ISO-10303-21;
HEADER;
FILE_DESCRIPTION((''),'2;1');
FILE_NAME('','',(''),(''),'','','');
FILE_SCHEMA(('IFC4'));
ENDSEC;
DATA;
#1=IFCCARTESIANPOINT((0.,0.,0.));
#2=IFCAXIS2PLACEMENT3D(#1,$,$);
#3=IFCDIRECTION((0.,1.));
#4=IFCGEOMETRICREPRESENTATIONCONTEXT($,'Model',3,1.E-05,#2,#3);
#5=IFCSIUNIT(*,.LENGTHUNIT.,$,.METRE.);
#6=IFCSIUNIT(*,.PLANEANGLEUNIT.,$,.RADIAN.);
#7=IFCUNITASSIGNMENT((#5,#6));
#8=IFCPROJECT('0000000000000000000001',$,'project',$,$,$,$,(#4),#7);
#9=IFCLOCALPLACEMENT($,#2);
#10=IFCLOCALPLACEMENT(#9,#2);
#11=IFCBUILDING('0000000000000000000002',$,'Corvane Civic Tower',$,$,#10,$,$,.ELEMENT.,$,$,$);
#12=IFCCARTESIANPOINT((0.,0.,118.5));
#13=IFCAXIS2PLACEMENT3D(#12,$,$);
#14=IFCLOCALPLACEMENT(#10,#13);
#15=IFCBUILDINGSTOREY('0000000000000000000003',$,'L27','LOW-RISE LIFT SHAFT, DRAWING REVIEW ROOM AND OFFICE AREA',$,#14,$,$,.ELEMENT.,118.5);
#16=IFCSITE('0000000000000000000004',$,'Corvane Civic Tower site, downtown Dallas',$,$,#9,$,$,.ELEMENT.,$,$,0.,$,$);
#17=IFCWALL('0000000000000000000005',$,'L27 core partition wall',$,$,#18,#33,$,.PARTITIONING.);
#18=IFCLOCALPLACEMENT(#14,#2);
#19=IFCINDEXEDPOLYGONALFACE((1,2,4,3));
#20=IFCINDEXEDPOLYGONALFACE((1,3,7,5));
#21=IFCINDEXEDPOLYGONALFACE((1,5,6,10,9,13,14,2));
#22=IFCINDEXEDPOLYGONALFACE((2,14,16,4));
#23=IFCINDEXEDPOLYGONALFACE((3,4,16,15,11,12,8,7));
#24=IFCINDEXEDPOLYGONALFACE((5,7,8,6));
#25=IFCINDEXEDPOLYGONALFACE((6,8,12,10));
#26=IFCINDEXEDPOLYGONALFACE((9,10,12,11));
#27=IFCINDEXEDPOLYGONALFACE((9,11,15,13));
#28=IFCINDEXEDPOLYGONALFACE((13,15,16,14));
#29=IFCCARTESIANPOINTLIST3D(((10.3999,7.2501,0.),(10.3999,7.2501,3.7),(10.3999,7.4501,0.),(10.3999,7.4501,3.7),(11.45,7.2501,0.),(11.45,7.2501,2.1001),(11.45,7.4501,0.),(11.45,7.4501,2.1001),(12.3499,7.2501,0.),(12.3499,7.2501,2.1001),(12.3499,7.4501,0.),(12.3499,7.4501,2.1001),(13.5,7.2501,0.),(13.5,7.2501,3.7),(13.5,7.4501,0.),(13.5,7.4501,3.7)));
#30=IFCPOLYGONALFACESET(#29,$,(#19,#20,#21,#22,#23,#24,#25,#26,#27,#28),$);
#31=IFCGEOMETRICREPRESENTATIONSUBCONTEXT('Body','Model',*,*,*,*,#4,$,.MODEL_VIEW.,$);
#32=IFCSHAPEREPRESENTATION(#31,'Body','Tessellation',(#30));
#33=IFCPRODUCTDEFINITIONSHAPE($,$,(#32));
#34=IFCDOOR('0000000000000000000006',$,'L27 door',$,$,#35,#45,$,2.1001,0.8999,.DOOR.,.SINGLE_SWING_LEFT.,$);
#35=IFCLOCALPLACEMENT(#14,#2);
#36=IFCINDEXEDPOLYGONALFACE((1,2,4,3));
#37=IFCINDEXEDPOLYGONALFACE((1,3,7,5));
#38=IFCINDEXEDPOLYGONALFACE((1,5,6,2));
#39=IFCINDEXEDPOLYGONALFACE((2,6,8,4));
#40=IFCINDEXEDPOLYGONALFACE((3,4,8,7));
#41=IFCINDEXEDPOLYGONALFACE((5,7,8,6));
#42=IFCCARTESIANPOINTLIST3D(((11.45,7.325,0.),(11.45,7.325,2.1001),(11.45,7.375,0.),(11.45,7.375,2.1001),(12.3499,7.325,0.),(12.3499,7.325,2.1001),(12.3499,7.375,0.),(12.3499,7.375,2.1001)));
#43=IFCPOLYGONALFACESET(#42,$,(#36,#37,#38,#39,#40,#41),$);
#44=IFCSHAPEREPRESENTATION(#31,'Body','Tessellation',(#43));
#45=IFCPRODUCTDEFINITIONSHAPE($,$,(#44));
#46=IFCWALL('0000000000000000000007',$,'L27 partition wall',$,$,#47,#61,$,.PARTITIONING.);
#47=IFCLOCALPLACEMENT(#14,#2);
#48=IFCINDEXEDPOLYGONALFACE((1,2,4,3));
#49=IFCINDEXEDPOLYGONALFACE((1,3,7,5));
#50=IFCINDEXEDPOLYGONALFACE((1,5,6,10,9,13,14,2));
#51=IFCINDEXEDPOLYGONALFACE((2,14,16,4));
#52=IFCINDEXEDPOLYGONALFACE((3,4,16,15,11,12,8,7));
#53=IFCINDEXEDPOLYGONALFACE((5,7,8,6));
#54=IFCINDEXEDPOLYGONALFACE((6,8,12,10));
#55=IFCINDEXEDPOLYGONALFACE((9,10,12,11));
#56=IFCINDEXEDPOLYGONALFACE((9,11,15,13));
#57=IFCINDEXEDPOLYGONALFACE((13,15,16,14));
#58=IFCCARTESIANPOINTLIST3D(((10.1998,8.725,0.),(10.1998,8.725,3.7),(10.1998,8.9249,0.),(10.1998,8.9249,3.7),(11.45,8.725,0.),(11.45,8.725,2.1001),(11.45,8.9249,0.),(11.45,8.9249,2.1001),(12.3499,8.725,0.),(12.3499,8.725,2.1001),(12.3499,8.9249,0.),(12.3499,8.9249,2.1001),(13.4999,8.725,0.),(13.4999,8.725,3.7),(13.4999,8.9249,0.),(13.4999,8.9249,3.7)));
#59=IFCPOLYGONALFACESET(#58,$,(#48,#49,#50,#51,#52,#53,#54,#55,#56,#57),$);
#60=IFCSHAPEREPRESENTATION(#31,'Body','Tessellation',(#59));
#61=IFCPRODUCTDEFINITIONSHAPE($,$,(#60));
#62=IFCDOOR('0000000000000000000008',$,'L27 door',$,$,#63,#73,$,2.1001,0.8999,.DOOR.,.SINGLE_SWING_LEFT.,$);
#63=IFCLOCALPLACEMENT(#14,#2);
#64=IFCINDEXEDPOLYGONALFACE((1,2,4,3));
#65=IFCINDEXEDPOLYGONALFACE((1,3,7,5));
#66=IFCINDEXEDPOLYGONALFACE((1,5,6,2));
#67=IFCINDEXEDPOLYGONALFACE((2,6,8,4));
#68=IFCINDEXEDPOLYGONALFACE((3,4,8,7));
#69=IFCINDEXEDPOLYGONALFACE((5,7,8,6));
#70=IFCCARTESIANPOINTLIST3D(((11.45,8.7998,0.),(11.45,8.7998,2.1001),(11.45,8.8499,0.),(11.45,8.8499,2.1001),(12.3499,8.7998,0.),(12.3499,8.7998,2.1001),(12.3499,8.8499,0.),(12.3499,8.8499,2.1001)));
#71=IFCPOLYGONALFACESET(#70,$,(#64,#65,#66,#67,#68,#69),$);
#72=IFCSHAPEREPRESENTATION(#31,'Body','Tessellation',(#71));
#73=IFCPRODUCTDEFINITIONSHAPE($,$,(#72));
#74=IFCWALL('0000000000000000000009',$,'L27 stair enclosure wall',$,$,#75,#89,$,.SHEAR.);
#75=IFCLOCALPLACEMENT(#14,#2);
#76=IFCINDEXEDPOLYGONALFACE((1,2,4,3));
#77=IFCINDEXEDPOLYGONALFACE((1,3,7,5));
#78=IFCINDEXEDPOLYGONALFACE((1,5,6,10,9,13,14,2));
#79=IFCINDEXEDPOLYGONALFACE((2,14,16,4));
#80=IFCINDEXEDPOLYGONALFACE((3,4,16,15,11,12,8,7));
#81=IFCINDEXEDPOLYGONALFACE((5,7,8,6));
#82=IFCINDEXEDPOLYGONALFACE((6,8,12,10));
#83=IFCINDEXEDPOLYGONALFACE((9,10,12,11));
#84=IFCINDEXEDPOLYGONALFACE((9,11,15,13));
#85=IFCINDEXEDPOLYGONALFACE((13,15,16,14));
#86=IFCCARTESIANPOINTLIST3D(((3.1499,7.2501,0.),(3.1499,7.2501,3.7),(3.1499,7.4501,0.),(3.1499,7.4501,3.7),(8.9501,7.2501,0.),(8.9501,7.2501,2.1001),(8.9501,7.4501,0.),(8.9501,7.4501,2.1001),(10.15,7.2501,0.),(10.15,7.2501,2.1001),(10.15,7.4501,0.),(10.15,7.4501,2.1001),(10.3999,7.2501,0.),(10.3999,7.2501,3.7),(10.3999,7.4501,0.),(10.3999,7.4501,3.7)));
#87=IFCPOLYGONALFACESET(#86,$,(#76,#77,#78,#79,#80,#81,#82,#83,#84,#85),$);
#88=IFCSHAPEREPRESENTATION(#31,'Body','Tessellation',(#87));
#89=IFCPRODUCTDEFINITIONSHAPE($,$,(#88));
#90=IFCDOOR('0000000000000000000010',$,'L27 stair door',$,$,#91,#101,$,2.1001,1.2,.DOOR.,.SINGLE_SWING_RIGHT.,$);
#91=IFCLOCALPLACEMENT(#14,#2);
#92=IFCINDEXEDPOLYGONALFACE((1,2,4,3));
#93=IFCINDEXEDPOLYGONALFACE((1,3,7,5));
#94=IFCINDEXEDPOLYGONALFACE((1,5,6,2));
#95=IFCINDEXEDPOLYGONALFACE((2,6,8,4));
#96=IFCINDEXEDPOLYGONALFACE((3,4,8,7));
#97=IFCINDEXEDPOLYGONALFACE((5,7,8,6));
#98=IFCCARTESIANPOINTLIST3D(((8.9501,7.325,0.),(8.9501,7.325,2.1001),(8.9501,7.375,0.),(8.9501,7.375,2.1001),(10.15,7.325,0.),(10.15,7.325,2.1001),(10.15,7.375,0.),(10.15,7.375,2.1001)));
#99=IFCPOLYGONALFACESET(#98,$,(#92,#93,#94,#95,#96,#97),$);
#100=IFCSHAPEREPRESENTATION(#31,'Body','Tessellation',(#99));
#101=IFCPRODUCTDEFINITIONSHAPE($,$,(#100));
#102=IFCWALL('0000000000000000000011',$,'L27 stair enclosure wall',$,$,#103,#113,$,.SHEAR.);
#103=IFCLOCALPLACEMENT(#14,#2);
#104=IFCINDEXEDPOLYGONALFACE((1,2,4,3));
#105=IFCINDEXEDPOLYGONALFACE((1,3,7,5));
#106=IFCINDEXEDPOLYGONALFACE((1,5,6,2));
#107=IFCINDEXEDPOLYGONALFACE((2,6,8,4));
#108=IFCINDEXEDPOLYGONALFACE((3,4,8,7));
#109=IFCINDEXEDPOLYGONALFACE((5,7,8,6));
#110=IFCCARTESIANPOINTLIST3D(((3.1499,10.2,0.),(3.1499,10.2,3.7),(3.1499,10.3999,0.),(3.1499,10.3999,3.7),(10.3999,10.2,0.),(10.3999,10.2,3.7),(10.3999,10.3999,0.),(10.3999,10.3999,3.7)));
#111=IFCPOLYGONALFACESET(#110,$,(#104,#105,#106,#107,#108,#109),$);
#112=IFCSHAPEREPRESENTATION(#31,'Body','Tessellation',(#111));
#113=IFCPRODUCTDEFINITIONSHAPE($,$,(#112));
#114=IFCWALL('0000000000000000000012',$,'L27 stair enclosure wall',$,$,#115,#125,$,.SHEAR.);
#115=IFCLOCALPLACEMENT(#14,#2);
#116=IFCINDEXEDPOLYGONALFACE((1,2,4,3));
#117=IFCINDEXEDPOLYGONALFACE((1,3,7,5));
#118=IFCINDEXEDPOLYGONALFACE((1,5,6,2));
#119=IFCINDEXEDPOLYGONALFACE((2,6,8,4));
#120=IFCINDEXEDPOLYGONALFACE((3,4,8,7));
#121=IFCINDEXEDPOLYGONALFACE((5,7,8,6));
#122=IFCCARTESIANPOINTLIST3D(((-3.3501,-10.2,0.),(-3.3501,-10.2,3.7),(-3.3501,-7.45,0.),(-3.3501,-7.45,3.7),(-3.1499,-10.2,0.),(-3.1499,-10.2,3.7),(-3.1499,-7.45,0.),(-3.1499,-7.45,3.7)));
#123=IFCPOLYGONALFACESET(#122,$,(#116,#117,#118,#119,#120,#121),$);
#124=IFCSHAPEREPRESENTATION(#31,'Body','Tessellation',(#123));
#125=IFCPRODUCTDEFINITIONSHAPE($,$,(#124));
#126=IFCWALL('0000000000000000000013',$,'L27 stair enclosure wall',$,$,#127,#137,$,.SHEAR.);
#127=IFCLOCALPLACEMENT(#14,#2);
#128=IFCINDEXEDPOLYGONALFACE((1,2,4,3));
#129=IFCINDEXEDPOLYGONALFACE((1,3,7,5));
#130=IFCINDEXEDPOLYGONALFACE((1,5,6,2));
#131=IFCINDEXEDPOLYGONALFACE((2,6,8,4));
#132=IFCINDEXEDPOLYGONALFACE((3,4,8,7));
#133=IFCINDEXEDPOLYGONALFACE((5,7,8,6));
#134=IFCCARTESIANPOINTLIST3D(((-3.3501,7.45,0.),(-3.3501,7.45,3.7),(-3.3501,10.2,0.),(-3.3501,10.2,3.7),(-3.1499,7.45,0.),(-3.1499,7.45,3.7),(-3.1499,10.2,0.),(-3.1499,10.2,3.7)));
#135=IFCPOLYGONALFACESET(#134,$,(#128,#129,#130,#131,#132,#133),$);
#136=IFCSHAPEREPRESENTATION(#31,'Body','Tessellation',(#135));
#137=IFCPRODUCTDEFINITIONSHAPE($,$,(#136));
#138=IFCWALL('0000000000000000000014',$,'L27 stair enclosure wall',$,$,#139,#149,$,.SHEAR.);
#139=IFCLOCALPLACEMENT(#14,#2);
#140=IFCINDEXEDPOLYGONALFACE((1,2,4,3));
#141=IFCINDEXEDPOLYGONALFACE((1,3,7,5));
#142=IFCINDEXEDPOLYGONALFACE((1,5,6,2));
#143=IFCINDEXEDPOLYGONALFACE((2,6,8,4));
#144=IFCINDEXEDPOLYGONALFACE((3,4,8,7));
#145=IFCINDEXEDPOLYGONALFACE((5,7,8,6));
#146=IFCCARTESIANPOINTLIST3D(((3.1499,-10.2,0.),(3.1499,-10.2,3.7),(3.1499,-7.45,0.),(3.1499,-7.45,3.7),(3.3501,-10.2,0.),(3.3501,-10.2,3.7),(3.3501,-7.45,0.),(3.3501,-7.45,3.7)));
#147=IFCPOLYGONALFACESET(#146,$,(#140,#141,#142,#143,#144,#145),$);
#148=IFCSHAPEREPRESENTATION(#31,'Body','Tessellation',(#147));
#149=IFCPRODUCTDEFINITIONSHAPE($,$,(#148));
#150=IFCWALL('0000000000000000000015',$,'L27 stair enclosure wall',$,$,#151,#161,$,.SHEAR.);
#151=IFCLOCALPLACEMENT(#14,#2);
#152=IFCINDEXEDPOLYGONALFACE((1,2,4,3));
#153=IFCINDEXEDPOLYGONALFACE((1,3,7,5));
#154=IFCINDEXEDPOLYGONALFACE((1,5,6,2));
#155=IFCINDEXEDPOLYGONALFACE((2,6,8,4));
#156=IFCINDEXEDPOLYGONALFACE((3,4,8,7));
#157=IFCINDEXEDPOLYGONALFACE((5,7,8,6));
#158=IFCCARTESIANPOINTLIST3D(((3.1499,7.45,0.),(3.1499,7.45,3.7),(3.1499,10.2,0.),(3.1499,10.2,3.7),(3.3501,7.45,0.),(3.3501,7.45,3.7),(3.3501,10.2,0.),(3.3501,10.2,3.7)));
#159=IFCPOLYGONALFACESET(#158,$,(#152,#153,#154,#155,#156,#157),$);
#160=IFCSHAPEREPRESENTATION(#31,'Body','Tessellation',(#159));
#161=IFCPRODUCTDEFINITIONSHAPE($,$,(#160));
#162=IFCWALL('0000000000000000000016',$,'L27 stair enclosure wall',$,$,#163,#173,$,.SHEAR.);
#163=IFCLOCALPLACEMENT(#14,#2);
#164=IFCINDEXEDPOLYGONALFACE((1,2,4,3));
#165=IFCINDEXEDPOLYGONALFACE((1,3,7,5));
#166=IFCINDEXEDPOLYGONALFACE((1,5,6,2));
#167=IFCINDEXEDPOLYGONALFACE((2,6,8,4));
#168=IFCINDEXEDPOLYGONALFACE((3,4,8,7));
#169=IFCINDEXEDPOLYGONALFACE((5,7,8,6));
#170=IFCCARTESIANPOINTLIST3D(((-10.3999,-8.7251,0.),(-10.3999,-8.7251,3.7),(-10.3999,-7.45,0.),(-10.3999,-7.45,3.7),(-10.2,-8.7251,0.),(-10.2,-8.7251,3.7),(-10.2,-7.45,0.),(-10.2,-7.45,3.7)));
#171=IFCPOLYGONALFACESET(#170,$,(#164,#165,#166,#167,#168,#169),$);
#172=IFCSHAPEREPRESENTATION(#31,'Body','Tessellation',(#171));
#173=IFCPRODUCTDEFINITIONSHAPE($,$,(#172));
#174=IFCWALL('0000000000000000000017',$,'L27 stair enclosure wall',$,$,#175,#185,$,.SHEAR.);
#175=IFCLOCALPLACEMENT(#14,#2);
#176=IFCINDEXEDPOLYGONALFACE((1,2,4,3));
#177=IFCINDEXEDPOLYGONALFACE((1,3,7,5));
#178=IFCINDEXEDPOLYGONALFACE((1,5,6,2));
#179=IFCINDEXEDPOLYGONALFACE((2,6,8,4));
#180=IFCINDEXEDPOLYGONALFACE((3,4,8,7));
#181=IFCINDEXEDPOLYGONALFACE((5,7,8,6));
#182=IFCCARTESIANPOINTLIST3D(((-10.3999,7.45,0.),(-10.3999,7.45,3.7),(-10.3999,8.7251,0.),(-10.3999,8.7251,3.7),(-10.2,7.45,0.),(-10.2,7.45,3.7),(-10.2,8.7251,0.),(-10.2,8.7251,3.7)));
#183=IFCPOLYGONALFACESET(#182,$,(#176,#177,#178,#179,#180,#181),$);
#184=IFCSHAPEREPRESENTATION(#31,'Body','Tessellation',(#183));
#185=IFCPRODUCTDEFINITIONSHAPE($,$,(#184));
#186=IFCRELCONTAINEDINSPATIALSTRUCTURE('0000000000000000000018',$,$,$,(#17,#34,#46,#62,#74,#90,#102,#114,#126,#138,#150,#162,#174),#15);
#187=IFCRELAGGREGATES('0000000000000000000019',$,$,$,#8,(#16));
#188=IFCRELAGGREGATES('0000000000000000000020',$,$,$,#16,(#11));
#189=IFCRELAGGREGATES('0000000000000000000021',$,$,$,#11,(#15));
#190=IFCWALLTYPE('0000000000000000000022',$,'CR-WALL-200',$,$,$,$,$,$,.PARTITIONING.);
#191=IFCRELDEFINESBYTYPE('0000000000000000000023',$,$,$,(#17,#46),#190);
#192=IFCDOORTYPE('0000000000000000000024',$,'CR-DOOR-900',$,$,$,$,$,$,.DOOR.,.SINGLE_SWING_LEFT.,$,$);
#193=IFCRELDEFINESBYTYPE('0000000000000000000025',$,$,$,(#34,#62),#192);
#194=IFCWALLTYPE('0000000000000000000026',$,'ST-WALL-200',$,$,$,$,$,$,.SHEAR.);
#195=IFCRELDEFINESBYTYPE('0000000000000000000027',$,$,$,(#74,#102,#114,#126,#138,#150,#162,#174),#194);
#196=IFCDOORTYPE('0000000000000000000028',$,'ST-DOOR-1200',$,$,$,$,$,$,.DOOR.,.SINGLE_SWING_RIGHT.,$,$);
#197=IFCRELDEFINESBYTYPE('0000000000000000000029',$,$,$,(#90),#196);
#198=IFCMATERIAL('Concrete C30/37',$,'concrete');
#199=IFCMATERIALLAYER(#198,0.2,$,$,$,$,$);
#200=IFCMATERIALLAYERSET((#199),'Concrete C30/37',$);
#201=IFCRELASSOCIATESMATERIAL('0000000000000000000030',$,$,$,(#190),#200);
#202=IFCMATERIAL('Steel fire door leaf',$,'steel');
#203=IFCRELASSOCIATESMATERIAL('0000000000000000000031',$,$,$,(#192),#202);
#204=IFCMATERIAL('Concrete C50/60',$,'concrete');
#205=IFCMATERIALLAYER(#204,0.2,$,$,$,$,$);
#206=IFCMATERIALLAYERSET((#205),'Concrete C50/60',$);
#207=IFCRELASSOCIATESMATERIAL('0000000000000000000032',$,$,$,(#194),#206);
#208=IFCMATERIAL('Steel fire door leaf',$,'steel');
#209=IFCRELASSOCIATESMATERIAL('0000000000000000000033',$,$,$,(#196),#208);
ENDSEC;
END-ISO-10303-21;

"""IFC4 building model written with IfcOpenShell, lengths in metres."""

from ifc_helpers import new_model, si_unit, direction, frame, frame_2d, origin, place, context, subcontext, project, spatial, polyline, rectangle, outline, extrude, material, layer, layer_set, type_object, element, fill, save


model = new_model("IFC4")

# Units and contexts
model_context = context("Model", 3, precision=1e-05, world=origin(), true_north=direction((0.0, 1.0)))
body_context = subcontext(model_context, "Body", "Model", "MODEL_VIEW")
ifc_project = project(units=[si_unit("LENGTHUNIT", "METRE"), si_unit("PLANEANGLEUNIT", "RADIAN")], contexts=[model_context])

# Site, building, storey
site_placement = place(None, origin())
site = spatial("IfcSite", under=ifc_project, at=site_placement, Name="Corvane Civic Tower site, downtown Dallas", CompositionType="ELEMENT", RefElevation=0.0)
building_placement = place(site_placement, origin())
building = spatial("IfcBuilding", under=site, at=building_placement, Name="Corvane Civic Tower", CompositionType="ELEMENT")
storey_placement = place(building_placement, frame((0.0, 0.0, 118.5)))
storey = spatial("IfcBuildingStorey", under=building, at=storey_placement, Name="L27", Description="LOW-RISE LIFT SHAFT, DRAWING REVIEW ROOM AND OFFICE AREA", CompositionType="ELEMENT", Elevation=118.5)

# Walls, openings, doors
ifc_material_1 = material(Name="Concrete C30/37", Category="concrete")
ifc_layer_1 = layer(ifc_material_1, 0.2)
ifc_layer_set_1 = layer_set([ifc_layer_1], Name="Concrete C30/37")
wall_type_1 = type_object("IfcWallType", Name="CR-WALL-200", PredefinedType="PARTITIONING", material=ifc_layer_set_1)
wall_1_placement = place(storey_placement, frame((10.3999, 7.3501, 0.0), z_axis=(0.0, 0.0, 1.0), x_axis=(1.0, 0.0, 0.0)))
wall_1 = element("IfcWall", 1, at=wall_1_placement, inside=storey, type_object=wall_type_1, Name="L27 core partition wall", PredefinedType="PARTITIONING", context=body_context, shape_type="SweptSolid", body=[
    extrude(rectangle(XDim=3.1001, YDim=0.2, at=frame_2d((1.55, 0.0))), origin(), (0.0, 0.0, 1.0), 3.7),
])
opening_1_placement = place(wall_1_placement, frame((1.05, 0.0, 0.0)))
opening_1 = element("IfcOpeningElement", 2, at=opening_1_placement, cuts=wall_1, PredefinedType="OPENING", context=body_context, shape_type="SweptSolid", body=[
    extrude(rectangle(XDim=0.8999, YDim=2.1001, at=frame_2d((0.45, 1.05))), frame((0.0, 0.1099, 0.0), z_axis=(0.0, -1.0, 0.0), x_axis=(1.0, 0.0, 0.0)), (0.0, 0.0, 1.0), 0.22),
])
ifc_material_2 = material(Name="Steel fire door leaf", Category="steel")
door_type_1 = type_object("IfcDoorType", Name="CR-DOOR-900", OperationType="SINGLE_SWING_LEFT", PredefinedType="DOOR", material=ifc_material_2)
door_1_placement = place(opening_1_placement, origin())
door_1 = element("IfcDoor", 3, at=door_1_placement, inside=storey, type_object=door_type_1, Name="L27 door", OperationType="SINGLE_SWING_LEFT", OverallHeight=2.1001, OverallWidth=0.8999, PredefinedType="DOOR", context=body_context, shape_type="SweptSolid", body=[
    extrude(rectangle(XDim=0.8999, YDim=2.1001, at=frame_2d((0.45, 1.05))), frame((0.0, 0.0249, 0.0), z_axis=(0.0, -1.0, 0.0), x_axis=(1.0, 0.0, 0.0)), (0.0, 0.0, 1.0), 0.05),
])
fill(opening_1, door_1)
wall_2_placement = place(storey_placement, frame((10.2, 8.825, 0.0), z_axis=(0.0, 0.0, 1.0), x_axis=(1.0, 0.0, 0.0)))
wall_2 = element("IfcWall", 4, at=wall_2_placement, inside=storey, type_object=wall_type_1, Name="L27 partition wall", PredefinedType="PARTITIONING", context=body_context, shape_type="SweptSolid", body=[
    extrude(rectangle(XDim=3.3, YDim=0.2, at=frame_2d((1.6499, 0.0))), origin(), (0.0, 0.0, 1.0), 3.7),
])
opening_2_placement = place(wall_2_placement, frame((1.25, 0.0, 0.0)))
opening_2 = element("IfcOpeningElement", 5, at=opening_2_placement, cuts=wall_2, PredefinedType="OPENING", context=body_context, shape_type="SweptSolid", body=[
    extrude(rectangle(XDim=0.8999, YDim=2.1001, at=frame_2d((0.45, 1.05))), frame((0.0, 0.1099, 0.0), z_axis=(0.0, -1.0, 0.0), x_axis=(1.0, 0.0, 0.0)), (0.0, 0.0, 1.0), 0.22),
])
door_2_placement = place(opening_2_placement, origin())
door_2 = element("IfcDoor", 6, at=door_2_placement, inside=storey, type_object=door_type_1, Name="L27 door", OperationType="SINGLE_SWING_LEFT", OverallHeight=2.1001, OverallWidth=0.8999, PredefinedType="DOOR", context=body_context, shape_type="SweptSolid", body=[
    extrude(rectangle(XDim=0.8999, YDim=2.1001, at=frame_2d((0.45, 1.05))), frame((0.0, 0.0249, 0.0), z_axis=(0.0, -1.0, 0.0), x_axis=(1.0, 0.0, 0.0)), (0.0, 0.0, 1.0), 0.05),
])
fill(opening_2, door_2)
ifc_material_3 = material(Name="Concrete C50/60", Category="concrete")
ifc_layer_2 = layer(ifc_material_3, 0.2)
ifc_layer_set_2 = layer_set([ifc_layer_2], Name="Concrete C50/60")
wall_type_2 = type_object("IfcWallType", Name="ST-WALL-200", PredefinedType="SHEAR", material=ifc_layer_set_2)
wall_3_placement = place(storey_placement, frame((3.1499, 7.3501, 0.0), z_axis=(0.0, 0.0, 1.0), x_axis=(1.0, 0.0, 0.0)))
wall_3 = element("IfcWall", 7, at=wall_3_placement, inside=storey, type_object=wall_type_2, Name="L27 stair enclosure wall", PredefinedType="SHEAR", context=body_context, shape_type="SweptSolid", body=[
    extrude(rectangle(XDim=7.25, YDim=0.2, at=frame_2d((3.625, 0.0))), origin(), (0.0, 0.0, 1.0), 3.7),
])
opening_3_placement = place(wall_3_placement, frame((5.8, 0.0, 0.0)))
opening_3 = element("IfcOpeningElement", 8, at=opening_3_placement, cuts=wall_3, PredefinedType="OPENING", context=body_context, shape_type="SweptSolid", body=[
    extrude(rectangle(XDim=1.2, YDim=2.1001, at=frame_2d((0.6001, 1.05))), frame((0.0, 0.1099, 0.0), z_axis=(0.0, -1.0, 0.0), x_axis=(1.0, 0.0, 0.0)), (0.0, 0.0, 1.0), 0.22),
])
ifc_material_4 = material(Name="Steel fire door leaf", Category="steel")
door_type_2 = type_object("IfcDoorType", Name="ST-DOOR-1200", OperationType="SINGLE_SWING_RIGHT", PredefinedType="DOOR", material=ifc_material_4)
door_3_placement = place(opening_3_placement, origin())
door_3 = element("IfcDoor", 9, at=door_3_placement, inside=storey, type_object=door_type_2, Name="L27 stair door", OperationType="SINGLE_SWING_RIGHT", OverallHeight=2.1001, OverallWidth=1.2, PredefinedType="DOOR", context=body_context, shape_type="SweptSolid", body=[
    extrude(rectangle(XDim=1.2, YDim=2.1001, at=frame_2d((0.6001, 1.05))), frame((0.0, 0.0249, 0.0), z_axis=(0.0, -1.0, 0.0), x_axis=(1.0, 0.0, 0.0)), (0.0, 0.0, 1.0), 0.05),
])
fill(opening_3, door_3)

# Walls
wall_4_placement = place(storey_placement, origin())
element("IfcWall", 10, at=wall_4_placement, inside=storey, type_object=wall_type_2, Name="L27 stair enclosure wall", PredefinedType="SHEAR", context=body_context, shape_type="SweptSolid", body=[
    extrude(outline(polyline([(10.3999, 10.2), (3.1499, 10.2), (3.1499, 10.3999), (10.3999, 10.3999), (10.3999, 10.2)])), origin(), (0.0, 0.0, 1.0), 3.7),
])
wall_5_placement = place(storey_placement, origin())
element("IfcWall", 11, at=wall_5_placement, inside=storey, type_object=wall_type_2, Name="L27 stair enclosure wall", PredefinedType="SHEAR", context=body_context, shape_type="SweptSolid", body=[
    extrude(outline(polyline([(-3.1499, -7.45), (-3.1499, -10.2), (-3.3501, -10.2), (-3.3501, -7.45), (-3.1499, -7.45)])), origin(), (0.0, 0.0, 1.0), 3.7),
])
wall_6_placement = place(storey_placement, origin())
element("IfcWall", 12, at=wall_6_placement, inside=storey, type_object=wall_type_2, Name="L27 stair enclosure wall", PredefinedType="SHEAR", context=body_context, shape_type="SweptSolid", body=[
    extrude(outline(polyline([(-3.1499, 7.45), (-3.3501, 7.45), (-3.3501, 10.2), (-3.1499, 10.2), (-3.1499, 7.45)])), origin(), (0.0, 0.0, 1.0), 3.7),
])
wall_7_placement = place(storey_placement, origin())
element("IfcWall", 13, at=wall_7_placement, inside=storey, type_object=wall_type_2, Name="L27 stair enclosure wall", PredefinedType="SHEAR", context=body_context, shape_type="SweptSolid", body=[
    extrude(outline(polyline([(3.3501, -7.45), (3.3501, -10.2), (3.1499, -10.2), (3.1499, -7.45), (3.3501, -7.45)])), origin(), (0.0, 0.0, 1.0), 3.7),
])
wall_8_placement = place(storey_placement, origin())
element("IfcWall", 14, at=wall_8_placement, inside=storey, type_object=wall_type_2, Name="L27 stair enclosure wall", PredefinedType="SHEAR", context=body_context, shape_type="SweptSolid", body=[
    extrude(outline(polyline([(3.3501, 7.45), (3.1499, 7.45), (3.1499, 10.2), (3.3501, 10.2), (3.3501, 7.45)])), origin(), (0.0, 0.0, 1.0), 3.7),
])
wall_9_placement = place(storey_placement, origin())
element("IfcWall", 15, at=wall_9_placement, inside=storey, type_object=wall_type_2, Name="L27 stair enclosure wall", PredefinedType="SHEAR", context=body_context, shape_type="SweptSolid", body=[
    extrude(outline(polyline([(-10.2, -7.45), (-10.2, -8.7251), (-10.3999, -8.7251), (-10.3999, -7.45), (-10.2, -7.45)])), origin(), (0.0, 0.0, 1.0), 3.7),
])
wall_10_placement = place(storey_placement, origin())
element("IfcWall", 16, at=wall_10_placement, inside=storey, type_object=wall_type_2, Name="L27 stair enclosure wall", PredefinedType="SHEAR", context=body_context, shape_type="SweptSolid", body=[
    extrude(outline(polyline([(-10.2, 8.7251), (-10.2, 7.45), (-10.3999, 7.45), (-10.3999, 8.7251), (-10.2, 8.7251)])), origin(), (0.0, 0.0, 1.0), 3.7),
])

save(model, "model.ifc")
